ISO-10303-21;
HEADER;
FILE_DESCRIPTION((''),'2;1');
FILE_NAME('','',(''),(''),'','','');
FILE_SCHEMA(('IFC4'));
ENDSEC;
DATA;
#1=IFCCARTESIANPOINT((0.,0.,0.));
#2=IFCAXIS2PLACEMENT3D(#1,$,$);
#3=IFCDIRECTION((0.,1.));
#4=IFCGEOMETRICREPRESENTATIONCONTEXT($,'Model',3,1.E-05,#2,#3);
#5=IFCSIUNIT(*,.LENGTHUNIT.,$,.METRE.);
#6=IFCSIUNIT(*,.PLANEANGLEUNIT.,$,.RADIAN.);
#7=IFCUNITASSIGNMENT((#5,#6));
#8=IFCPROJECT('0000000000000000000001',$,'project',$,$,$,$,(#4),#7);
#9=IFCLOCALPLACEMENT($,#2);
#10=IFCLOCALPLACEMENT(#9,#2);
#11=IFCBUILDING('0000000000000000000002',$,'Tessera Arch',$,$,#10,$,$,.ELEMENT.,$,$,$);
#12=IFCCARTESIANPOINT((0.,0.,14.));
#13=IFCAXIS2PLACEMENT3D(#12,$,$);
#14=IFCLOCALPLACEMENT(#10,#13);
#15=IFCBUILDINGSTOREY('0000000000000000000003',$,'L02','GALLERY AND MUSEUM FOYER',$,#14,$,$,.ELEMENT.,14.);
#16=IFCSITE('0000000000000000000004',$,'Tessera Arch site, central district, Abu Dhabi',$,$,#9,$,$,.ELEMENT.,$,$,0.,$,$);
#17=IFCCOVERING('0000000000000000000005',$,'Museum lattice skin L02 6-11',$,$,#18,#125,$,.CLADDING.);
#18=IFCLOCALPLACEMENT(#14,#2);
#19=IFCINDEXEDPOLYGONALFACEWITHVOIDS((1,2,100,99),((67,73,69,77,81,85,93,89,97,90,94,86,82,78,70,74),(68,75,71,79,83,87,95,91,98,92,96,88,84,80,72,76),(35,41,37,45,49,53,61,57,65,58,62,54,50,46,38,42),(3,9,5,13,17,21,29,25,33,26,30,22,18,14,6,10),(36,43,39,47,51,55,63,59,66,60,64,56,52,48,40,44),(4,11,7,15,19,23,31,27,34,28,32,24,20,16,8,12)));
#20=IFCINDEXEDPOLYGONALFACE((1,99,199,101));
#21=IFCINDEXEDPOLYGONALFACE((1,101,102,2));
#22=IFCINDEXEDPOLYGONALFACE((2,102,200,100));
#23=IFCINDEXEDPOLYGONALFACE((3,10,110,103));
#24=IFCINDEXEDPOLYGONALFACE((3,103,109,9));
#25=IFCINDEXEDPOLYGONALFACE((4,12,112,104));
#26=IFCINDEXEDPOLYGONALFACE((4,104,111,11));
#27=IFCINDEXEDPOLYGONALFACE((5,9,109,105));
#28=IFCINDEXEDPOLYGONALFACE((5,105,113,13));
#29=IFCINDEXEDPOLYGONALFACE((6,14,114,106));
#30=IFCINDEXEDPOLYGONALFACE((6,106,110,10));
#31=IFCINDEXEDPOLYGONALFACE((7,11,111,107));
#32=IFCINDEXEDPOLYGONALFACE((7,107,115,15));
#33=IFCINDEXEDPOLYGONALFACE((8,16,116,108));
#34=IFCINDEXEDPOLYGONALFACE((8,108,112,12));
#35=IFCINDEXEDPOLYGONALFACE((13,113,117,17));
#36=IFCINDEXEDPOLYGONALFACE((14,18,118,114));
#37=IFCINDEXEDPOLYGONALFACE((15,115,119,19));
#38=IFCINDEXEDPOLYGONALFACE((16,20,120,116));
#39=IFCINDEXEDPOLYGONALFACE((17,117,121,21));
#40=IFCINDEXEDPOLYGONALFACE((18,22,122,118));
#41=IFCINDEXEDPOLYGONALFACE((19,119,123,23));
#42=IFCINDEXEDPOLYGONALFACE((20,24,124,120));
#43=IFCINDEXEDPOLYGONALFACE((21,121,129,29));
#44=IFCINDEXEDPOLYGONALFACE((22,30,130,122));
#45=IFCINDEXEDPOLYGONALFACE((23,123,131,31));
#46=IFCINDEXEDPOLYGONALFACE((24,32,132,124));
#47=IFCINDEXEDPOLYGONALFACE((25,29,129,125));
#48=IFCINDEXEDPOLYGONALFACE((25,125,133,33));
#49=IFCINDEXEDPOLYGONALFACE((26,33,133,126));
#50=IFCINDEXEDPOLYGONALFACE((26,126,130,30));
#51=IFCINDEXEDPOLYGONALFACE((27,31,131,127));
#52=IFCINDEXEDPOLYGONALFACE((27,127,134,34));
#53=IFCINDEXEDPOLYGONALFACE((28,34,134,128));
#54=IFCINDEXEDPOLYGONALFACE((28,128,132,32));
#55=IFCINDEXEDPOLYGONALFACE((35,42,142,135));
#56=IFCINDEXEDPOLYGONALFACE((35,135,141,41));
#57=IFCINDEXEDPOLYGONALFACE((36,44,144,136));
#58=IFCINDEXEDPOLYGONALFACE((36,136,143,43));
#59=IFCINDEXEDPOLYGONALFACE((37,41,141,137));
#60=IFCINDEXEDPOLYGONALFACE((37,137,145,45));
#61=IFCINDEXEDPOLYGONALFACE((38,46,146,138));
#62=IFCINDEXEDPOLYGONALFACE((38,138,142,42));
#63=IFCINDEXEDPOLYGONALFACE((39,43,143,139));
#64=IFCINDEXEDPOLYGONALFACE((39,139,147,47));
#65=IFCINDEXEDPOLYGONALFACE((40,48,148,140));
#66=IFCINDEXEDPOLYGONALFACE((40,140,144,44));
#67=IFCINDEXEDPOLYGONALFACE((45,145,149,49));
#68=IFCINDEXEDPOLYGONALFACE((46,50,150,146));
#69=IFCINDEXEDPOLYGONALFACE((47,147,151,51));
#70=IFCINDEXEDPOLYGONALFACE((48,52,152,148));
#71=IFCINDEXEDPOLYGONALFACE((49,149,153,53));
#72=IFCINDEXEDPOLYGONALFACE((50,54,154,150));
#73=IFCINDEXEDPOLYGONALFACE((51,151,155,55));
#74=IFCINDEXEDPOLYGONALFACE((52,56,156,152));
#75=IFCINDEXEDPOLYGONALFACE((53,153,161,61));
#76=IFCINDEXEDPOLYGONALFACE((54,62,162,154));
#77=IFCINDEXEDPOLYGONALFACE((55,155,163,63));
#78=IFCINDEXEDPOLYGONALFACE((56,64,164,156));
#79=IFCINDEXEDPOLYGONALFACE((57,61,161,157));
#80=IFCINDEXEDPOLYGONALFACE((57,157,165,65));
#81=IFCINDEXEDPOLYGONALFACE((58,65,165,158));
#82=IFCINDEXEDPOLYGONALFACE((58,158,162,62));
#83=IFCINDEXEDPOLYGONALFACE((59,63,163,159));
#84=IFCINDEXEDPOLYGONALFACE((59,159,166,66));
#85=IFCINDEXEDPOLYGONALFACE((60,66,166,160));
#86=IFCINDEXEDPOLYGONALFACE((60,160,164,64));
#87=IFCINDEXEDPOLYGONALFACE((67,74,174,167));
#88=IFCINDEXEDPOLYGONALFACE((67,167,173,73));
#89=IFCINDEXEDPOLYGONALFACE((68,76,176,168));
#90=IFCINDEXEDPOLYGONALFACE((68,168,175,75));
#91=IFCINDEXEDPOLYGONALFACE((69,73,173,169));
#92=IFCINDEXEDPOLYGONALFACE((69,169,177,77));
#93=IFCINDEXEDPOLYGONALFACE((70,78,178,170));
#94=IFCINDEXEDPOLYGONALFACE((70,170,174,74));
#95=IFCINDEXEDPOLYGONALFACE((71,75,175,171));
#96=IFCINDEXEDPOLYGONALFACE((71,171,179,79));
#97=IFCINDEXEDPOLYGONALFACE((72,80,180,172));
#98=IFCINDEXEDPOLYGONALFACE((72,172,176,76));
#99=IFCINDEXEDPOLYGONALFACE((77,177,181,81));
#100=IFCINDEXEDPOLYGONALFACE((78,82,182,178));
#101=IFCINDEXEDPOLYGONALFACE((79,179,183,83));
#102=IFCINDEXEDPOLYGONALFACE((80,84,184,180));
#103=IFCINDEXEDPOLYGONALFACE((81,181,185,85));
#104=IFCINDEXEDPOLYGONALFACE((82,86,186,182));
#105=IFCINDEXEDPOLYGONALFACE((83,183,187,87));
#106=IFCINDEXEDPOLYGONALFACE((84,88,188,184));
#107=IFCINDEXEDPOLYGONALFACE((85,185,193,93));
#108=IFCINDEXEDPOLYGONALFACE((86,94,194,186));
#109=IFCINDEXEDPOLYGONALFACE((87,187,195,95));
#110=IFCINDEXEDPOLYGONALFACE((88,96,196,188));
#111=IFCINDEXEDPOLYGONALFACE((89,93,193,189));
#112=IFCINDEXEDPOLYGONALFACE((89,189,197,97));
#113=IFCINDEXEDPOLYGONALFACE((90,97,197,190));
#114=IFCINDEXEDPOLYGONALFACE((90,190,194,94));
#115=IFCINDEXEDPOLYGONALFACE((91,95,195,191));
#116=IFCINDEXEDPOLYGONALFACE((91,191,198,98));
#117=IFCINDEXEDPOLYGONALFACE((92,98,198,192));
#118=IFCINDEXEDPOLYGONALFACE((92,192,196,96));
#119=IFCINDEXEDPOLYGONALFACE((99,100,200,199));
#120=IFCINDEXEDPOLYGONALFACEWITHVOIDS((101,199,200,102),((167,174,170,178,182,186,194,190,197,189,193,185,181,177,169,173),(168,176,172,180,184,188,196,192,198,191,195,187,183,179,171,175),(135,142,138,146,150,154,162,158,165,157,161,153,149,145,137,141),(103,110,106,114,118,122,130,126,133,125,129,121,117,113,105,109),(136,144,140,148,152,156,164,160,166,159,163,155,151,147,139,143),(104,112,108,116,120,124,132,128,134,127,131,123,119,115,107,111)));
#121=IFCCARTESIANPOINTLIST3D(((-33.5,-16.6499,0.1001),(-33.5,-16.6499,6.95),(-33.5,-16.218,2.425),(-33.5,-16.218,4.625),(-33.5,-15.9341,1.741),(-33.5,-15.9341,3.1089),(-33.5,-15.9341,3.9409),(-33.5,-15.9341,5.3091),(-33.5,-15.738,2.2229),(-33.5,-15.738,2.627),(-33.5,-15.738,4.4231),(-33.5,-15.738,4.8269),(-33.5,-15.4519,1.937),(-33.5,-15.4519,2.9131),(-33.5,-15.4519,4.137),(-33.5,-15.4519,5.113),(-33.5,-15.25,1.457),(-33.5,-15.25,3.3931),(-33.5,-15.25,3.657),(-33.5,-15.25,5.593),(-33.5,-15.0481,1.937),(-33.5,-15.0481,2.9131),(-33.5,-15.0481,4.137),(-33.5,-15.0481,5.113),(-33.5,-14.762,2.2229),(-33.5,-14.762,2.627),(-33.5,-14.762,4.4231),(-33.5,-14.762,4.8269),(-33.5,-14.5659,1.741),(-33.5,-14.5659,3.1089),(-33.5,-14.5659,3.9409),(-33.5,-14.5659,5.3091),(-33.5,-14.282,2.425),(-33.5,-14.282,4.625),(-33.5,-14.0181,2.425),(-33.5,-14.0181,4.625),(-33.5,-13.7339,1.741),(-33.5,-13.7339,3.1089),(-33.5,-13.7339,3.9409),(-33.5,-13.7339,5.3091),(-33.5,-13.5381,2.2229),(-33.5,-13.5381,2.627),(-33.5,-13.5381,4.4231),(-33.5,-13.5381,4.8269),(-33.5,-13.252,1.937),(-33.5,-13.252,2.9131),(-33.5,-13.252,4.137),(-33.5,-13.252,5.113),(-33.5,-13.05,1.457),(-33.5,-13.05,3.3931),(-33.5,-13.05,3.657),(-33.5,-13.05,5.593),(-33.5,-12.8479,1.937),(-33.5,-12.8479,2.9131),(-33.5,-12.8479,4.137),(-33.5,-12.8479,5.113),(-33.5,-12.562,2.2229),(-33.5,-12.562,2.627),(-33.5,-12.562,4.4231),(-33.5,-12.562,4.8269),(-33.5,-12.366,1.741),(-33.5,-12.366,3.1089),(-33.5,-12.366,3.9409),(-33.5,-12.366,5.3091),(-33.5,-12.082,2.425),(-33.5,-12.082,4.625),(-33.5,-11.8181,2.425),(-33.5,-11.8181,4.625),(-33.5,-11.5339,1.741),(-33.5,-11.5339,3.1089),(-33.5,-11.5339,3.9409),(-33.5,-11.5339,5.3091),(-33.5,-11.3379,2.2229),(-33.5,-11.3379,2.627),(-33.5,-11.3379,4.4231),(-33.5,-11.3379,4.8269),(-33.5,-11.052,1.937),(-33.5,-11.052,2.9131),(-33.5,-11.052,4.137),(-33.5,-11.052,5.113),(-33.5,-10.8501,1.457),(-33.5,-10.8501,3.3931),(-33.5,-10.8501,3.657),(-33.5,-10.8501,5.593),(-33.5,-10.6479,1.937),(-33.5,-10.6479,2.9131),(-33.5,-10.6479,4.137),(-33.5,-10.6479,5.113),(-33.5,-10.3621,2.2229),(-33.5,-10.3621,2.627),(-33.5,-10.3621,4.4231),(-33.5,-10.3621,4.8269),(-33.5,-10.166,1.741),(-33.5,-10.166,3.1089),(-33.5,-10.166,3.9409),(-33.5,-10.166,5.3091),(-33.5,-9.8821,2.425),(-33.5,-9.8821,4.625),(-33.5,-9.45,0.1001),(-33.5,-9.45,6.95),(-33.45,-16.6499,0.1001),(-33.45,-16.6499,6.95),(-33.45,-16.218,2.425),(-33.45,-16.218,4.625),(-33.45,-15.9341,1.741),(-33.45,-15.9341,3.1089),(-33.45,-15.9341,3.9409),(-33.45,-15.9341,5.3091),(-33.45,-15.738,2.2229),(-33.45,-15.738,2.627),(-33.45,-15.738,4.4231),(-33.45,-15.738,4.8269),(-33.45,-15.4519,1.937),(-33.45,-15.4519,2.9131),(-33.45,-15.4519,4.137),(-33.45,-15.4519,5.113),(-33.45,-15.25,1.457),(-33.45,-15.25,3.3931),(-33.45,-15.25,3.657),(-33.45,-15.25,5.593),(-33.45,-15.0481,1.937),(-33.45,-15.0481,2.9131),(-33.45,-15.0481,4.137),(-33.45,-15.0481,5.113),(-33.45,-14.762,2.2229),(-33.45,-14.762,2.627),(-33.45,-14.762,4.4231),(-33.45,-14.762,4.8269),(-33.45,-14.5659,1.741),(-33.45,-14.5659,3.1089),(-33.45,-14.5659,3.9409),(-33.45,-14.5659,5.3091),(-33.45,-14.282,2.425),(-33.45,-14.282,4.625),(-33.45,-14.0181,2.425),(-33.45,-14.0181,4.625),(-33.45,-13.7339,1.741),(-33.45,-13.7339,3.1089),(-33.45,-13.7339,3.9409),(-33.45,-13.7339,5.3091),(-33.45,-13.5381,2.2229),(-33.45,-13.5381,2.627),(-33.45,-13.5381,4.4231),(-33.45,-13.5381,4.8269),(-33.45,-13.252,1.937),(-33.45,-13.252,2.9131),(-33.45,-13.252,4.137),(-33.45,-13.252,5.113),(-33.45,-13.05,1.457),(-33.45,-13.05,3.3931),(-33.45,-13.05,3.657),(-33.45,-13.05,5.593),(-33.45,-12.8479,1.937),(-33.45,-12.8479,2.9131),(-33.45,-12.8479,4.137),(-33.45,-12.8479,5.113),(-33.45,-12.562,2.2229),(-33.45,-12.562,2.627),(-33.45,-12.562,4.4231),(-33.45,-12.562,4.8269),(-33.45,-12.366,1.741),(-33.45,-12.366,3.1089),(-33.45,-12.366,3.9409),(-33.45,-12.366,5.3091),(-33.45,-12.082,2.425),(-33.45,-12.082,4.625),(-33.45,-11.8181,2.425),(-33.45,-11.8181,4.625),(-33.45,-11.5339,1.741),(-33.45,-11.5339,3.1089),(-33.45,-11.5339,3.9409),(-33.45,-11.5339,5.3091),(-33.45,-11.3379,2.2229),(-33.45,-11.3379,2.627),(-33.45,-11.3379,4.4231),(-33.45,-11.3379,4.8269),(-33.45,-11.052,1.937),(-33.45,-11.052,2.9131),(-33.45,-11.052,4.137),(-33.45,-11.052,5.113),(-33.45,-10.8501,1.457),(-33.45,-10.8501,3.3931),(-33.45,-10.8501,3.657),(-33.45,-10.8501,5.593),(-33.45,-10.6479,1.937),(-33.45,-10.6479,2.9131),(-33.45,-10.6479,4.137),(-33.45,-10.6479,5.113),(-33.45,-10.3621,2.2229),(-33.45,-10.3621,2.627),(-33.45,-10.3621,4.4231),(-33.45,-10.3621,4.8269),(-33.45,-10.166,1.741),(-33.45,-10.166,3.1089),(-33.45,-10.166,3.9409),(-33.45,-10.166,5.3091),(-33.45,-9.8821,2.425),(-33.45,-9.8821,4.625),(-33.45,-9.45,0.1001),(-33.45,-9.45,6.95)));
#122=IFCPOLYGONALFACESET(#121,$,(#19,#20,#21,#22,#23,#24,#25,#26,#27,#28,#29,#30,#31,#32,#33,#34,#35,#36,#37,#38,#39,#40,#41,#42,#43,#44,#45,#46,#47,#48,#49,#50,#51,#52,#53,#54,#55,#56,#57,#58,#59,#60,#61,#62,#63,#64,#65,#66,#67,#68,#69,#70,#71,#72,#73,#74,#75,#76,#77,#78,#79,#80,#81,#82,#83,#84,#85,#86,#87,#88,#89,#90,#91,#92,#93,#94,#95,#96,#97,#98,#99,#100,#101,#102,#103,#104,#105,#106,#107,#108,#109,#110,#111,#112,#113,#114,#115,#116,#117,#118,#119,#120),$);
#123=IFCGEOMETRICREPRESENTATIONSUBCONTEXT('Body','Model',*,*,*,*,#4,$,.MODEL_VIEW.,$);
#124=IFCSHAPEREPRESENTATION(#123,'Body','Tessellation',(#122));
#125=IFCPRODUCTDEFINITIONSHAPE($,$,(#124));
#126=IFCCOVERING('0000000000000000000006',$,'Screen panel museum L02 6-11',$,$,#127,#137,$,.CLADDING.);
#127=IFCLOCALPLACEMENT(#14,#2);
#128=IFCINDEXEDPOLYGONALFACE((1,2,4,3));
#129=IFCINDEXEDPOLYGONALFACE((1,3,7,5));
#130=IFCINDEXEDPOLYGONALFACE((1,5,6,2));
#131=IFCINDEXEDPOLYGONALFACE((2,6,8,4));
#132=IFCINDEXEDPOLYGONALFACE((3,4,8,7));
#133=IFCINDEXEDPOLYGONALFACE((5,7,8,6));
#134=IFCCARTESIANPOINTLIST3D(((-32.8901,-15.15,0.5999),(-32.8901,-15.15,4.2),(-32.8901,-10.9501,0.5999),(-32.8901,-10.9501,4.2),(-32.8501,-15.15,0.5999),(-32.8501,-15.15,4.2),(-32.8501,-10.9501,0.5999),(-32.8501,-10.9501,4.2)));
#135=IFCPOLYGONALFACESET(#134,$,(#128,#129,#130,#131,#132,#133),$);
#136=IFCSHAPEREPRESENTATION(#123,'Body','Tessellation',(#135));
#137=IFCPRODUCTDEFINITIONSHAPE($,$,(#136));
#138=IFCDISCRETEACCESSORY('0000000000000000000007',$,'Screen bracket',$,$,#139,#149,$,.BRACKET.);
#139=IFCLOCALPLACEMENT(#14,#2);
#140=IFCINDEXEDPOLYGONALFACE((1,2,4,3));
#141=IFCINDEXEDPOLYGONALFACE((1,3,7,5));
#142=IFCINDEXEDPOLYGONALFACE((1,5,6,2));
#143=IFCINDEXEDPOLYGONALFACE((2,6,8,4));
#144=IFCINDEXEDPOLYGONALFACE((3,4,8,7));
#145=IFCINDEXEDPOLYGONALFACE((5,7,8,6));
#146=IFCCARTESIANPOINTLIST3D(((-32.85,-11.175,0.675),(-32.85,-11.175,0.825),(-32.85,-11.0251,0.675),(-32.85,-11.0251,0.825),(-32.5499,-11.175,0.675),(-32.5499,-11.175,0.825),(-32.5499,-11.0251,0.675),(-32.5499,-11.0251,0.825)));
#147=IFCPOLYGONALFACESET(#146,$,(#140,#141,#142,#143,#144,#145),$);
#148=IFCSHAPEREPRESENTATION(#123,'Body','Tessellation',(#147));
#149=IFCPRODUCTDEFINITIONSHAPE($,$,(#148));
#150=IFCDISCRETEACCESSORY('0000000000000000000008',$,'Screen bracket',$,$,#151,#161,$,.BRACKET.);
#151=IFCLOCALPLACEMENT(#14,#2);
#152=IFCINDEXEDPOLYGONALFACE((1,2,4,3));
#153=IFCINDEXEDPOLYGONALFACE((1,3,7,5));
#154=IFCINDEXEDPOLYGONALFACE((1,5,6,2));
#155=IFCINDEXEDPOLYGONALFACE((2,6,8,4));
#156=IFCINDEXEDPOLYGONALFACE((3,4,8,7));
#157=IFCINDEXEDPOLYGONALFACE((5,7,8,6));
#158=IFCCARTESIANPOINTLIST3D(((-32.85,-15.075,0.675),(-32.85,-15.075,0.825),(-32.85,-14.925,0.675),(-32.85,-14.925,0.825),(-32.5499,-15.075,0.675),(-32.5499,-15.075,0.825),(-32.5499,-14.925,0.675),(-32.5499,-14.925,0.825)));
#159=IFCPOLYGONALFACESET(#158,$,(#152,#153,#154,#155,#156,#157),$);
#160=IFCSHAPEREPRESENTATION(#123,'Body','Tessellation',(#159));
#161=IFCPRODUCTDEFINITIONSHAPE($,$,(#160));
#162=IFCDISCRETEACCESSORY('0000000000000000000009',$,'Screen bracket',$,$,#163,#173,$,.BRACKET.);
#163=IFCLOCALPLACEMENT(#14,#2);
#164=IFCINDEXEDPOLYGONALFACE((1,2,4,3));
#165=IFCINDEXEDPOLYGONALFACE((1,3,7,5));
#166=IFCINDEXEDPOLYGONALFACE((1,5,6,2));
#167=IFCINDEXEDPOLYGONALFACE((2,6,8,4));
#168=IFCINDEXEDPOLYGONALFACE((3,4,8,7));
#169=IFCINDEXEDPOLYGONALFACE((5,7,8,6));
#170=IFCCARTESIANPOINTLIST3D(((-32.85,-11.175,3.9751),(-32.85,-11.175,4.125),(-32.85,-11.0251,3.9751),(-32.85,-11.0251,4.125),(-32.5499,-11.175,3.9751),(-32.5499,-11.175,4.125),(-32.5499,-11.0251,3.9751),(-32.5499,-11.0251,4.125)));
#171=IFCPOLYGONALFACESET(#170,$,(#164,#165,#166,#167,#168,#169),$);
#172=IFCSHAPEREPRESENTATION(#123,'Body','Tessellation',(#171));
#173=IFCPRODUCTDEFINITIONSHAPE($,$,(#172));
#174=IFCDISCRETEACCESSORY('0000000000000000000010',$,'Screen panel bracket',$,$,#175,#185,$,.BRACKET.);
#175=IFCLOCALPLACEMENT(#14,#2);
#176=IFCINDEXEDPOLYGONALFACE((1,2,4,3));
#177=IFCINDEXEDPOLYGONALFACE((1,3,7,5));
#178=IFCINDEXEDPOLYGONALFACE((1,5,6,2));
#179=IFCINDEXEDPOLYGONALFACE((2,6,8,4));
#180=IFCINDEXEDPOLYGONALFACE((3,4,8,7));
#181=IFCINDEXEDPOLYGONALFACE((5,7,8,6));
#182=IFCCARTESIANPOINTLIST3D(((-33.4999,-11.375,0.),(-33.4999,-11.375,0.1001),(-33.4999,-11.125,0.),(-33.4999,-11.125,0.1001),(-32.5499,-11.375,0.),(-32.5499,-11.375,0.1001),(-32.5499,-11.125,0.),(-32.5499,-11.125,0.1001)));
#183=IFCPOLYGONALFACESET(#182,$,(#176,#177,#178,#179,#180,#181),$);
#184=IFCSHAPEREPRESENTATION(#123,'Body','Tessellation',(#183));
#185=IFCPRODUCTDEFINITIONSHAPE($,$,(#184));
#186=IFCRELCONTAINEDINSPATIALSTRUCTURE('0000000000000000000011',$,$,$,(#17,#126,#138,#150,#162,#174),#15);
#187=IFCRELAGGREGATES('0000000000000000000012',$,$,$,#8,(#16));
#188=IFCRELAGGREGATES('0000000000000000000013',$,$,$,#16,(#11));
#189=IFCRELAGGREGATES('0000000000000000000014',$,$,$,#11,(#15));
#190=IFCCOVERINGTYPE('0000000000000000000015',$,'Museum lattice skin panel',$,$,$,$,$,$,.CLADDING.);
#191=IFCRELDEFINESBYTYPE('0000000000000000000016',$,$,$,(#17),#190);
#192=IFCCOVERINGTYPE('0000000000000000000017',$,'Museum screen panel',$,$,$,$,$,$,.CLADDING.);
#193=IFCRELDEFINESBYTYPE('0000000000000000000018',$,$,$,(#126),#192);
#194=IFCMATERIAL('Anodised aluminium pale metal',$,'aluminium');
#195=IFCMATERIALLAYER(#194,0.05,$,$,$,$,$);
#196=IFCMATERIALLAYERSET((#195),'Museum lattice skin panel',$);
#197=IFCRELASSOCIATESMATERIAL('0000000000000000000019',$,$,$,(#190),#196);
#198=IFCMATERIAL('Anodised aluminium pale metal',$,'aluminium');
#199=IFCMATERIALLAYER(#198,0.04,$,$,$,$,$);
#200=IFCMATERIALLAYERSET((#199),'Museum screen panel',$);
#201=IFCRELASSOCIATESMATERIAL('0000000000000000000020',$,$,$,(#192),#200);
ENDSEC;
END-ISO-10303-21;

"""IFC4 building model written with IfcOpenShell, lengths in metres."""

from ifc_helpers import new_model, si_unit, direction, frame, origin, origin_2d, place, context, subcontext, project, spatial, polyline, rectangle, outline, extrude, material, layer, layer_set, type_object, element, save


model = new_model("IFC4")

# Units and contexts
model_context = context("Model", 3, precision=1e-05, world=origin(), true_north=direction((0.0, 1.0)))
body_context = subcontext(model_context, "Body", "Model", "MODEL_VIEW")
ifc_project = project(units=[si_unit("LENGTHUNIT", "METRE"), si_unit("PLANEANGLEUNIT", "RADIAN")], contexts=[model_context])

# Site, building, storey
site_placement = place(None, origin())
site = spatial("IfcSite", under=ifc_project, at=site_placement, Name="Tessera Arch site, central district, Abu Dhabi", CompositionType="ELEMENT", RefElevation=0.0)
building_placement = place(site_placement, origin())
building = spatial("IfcBuilding", under=site, at=building_placement, Name="Tessera Arch", CompositionType="ELEMENT")
storey_placement = place(building_placement, frame((0.0, 0.0, 14.0)))
storey = spatial("IfcBuildingStorey", under=building, at=storey_placement, Name="L02", Description="GALLERY AND MUSEUM FOYER", CompositionType="ELEMENT", Elevation=14.0)

# Coverings
ifc_material_1 = material(Name="Anodised aluminium pale metal", Category="aluminium")
ifc_layer_1 = layer(ifc_material_1, 0.05)
ifc_layer_set_1 = layer_set([ifc_layer_1], Name="Museum lattice skin panel")
covering_type_1 = type_object("IfcCoveringType", Name="Museum lattice skin panel", PredefinedType="CLADDING", material=ifc_layer_set_1)
covering_1_placement = place(storey_placement, frame((-33.45, -9.45, 6.95), z_axis=(1.0, 0.0, 0.0), x_axis=(0.0, -1.0, 0.0)))
element("IfcCovering", 1, at=covering_1_placement, inside=storey, type_object=covering_type_1, Name="Museum lattice skin L02 6-11", PredefinedType="CLADDING", context=body_context, shape_type="SweptSolid", body=[
    extrude(outline(polyline([(0.0, 0.0), (7.2, 0.0), (7.2, 6.8499), (0.0, 6.8499), (0.0, 0.0)]), holes=[polyline([(2.3682, 4.5249), (1.8879, 4.323), (2.084, 3.8411), (1.6021, 4.0369), (1.4001, 3.5569), (1.198, 4.0369), (0.7161, 3.8411), (0.9121, 4.323), (0.4321, 4.5249), (0.9121, 4.7271), (0.7161, 5.209), (1.198, 5.0129), (1.4001, 5.4929), (1.6021, 5.0129), (2.084, 5.209), (1.8879, 4.7271), (2.3682, 4.5249)]), polyline([(2.3682, 2.325), (1.8879, 2.123), (2.084, 1.6409), (1.6021, 1.8369), (1.4001, 1.3569), (1.198, 1.8369), (0.7161, 1.6409), (0.9121, 2.123), (0.4321, 2.325), (0.9121, 2.5269), (0.7161, 3.009), (1.198, 2.813), (1.4001, 3.293), (1.6021, 2.813), (2.084, 3.009), (1.8879, 2.5269), (2.3682, 2.325)]), polyline([(4.5681, 4.5249), (4.0881, 4.323), (4.2839, 3.8411), (3.802, 4.0369), (3.6001, 3.5569), (3.3979, 4.0369), (2.916, 3.8411), (3.1121, 4.323), (2.6321, 4.5249), (3.1121, 4.7271), (2.916, 5.209), (3.3979, 5.0129), (3.6001, 5.4929), (3.802, 5.0129), (4.2839, 5.209), (4.0881, 4.7271), (4.5681, 4.5249)]), polyline([(4.5681, 2.325), (4.0881, 2.123), (4.2839, 1.6409), (3.802, 1.8369), (3.6001, 1.3569), (3.3979, 1.8369), (2.916, 1.6409), (3.1121, 2.123), (2.6321, 2.325), (3.1121, 2.5269), (2.916, 3.009), (3.3979, 2.813), (3.6001, 3.293), (3.802, 2.813), (4.2839, 3.009), (4.0881, 2.5269), (4.5681, 2.325)]), polyline([(6.7681, 4.5249), (6.2881, 4.323), (6.4841, 3.8411), (6.002, 4.0369), (5.8, 3.5569), (5.5981, 4.0369), (5.116, 3.8411), (5.312, 4.323), (4.832, 4.5249), (5.312, 4.7271), (5.116, 5.209), (5.5981, 5.0129), (5.8, 5.4929), (6.002, 5.0129), (6.4841, 5.209), (6.2881, 4.7271), (6.7681, 4.5249)]), polyline([(6.7681, 2.325), (6.2881, 2.123), (6.4841, 1.6409), (6.002, 1.8369), (5.8, 1.3569), (5.5981, 1.8369), (5.116, 1.6409), (5.312, 2.123), (4.832, 2.325), (5.312, 2.5269), (5.116, 3.009), (5.5981, 2.813), (5.8, 3.293), (6.002, 2.813), (6.4841, 3.009), (6.2881, 2.5269), (6.7681, 2.325)])]), origin(), (0.0, 0.0, -1.0), 0.05),
])
ifc_material_2 = material(Name="Anodised aluminium pale metal", Category="aluminium")
ifc_layer_2 = layer(ifc_material_2, 0.04)
ifc_layer_set_2 = layer_set([ifc_layer_2], Name="Museum screen panel")
covering_type_2 = type_object("IfcCoveringType", Name="Museum screen panel", PredefinedType="CLADDING", material=ifc_layer_set_2)
covering_2_placement = place(storey_placement, frame((-32.8701, -13.05, 0.5999), z_axis=(0.0, 0.0, 1.0), x_axis=(0.0, -1.0, 0.0)))
element("IfcCovering", 2, at=covering_2_placement, inside=storey, type_object=covering_type_2, Name="Screen panel museum L02 6-11", PredefinedType="CLADDING", context=body_context, shape_type="SweptSolid", body=[
    extrude(rectangle(XDim=4.2, YDim=0.04, at=origin_2d()), origin(), (0.0, 0.0, 1.0), 3.6001),
])

# Discrete accessories
for number, where, z_axis, x_axis, name in (
    (3, (-32.7, -11.1001, 0.675), (0.0, 0.0, 1.0), (-1.0, 0.0, 0.0), "Screen bracket"),
    (4, (-32.7, -15.0, 0.675), (0.0, 0.0, 1.0), (-1.0, 0.0, 0.0), "Screen bracket"),
    (5, (-32.7, -11.1001, 3.9751), (0.0, 0.0, 1.0), (-1.0, 0.0, 0.0), "Screen bracket"),
):
    element("IfcDiscreteAccessory", number, at=place(storey_placement, frame(where, z_axis=z_axis, x_axis=x_axis)), inside=storey, Name=name, PredefinedType="BRACKET", context=body_context, shape_type="SweptSolid", body=[
        extrude(rectangle(XDim=0.3, YDim=0.1499, at=origin_2d()), origin(), (0.0, 0.0, 1.0), 0.1499),
    ])
for number, where, z_axis, x_axis, name in (
    (6, (-33.0249, -11.25, 0.0), (0.0, 0.0, 1.0), (-1.0, 0.0, 0.0), "Screen panel bracket"),
):
    element("IfcDiscreteAccessory", number, at=place(storey_placement, frame(where, z_axis=z_axis, x_axis=x_axis)), inside=storey, Name=name, PredefinedType="BRACKET", context=body_context, shape_type="SweptSolid", body=[
        extrude(rectangle(XDim=0.95, YDim=0.25, at=origin_2d()), origin(), (0.0, 0.0, 1.0), 0.1001),
    ])

save(model, "model.ifc")
